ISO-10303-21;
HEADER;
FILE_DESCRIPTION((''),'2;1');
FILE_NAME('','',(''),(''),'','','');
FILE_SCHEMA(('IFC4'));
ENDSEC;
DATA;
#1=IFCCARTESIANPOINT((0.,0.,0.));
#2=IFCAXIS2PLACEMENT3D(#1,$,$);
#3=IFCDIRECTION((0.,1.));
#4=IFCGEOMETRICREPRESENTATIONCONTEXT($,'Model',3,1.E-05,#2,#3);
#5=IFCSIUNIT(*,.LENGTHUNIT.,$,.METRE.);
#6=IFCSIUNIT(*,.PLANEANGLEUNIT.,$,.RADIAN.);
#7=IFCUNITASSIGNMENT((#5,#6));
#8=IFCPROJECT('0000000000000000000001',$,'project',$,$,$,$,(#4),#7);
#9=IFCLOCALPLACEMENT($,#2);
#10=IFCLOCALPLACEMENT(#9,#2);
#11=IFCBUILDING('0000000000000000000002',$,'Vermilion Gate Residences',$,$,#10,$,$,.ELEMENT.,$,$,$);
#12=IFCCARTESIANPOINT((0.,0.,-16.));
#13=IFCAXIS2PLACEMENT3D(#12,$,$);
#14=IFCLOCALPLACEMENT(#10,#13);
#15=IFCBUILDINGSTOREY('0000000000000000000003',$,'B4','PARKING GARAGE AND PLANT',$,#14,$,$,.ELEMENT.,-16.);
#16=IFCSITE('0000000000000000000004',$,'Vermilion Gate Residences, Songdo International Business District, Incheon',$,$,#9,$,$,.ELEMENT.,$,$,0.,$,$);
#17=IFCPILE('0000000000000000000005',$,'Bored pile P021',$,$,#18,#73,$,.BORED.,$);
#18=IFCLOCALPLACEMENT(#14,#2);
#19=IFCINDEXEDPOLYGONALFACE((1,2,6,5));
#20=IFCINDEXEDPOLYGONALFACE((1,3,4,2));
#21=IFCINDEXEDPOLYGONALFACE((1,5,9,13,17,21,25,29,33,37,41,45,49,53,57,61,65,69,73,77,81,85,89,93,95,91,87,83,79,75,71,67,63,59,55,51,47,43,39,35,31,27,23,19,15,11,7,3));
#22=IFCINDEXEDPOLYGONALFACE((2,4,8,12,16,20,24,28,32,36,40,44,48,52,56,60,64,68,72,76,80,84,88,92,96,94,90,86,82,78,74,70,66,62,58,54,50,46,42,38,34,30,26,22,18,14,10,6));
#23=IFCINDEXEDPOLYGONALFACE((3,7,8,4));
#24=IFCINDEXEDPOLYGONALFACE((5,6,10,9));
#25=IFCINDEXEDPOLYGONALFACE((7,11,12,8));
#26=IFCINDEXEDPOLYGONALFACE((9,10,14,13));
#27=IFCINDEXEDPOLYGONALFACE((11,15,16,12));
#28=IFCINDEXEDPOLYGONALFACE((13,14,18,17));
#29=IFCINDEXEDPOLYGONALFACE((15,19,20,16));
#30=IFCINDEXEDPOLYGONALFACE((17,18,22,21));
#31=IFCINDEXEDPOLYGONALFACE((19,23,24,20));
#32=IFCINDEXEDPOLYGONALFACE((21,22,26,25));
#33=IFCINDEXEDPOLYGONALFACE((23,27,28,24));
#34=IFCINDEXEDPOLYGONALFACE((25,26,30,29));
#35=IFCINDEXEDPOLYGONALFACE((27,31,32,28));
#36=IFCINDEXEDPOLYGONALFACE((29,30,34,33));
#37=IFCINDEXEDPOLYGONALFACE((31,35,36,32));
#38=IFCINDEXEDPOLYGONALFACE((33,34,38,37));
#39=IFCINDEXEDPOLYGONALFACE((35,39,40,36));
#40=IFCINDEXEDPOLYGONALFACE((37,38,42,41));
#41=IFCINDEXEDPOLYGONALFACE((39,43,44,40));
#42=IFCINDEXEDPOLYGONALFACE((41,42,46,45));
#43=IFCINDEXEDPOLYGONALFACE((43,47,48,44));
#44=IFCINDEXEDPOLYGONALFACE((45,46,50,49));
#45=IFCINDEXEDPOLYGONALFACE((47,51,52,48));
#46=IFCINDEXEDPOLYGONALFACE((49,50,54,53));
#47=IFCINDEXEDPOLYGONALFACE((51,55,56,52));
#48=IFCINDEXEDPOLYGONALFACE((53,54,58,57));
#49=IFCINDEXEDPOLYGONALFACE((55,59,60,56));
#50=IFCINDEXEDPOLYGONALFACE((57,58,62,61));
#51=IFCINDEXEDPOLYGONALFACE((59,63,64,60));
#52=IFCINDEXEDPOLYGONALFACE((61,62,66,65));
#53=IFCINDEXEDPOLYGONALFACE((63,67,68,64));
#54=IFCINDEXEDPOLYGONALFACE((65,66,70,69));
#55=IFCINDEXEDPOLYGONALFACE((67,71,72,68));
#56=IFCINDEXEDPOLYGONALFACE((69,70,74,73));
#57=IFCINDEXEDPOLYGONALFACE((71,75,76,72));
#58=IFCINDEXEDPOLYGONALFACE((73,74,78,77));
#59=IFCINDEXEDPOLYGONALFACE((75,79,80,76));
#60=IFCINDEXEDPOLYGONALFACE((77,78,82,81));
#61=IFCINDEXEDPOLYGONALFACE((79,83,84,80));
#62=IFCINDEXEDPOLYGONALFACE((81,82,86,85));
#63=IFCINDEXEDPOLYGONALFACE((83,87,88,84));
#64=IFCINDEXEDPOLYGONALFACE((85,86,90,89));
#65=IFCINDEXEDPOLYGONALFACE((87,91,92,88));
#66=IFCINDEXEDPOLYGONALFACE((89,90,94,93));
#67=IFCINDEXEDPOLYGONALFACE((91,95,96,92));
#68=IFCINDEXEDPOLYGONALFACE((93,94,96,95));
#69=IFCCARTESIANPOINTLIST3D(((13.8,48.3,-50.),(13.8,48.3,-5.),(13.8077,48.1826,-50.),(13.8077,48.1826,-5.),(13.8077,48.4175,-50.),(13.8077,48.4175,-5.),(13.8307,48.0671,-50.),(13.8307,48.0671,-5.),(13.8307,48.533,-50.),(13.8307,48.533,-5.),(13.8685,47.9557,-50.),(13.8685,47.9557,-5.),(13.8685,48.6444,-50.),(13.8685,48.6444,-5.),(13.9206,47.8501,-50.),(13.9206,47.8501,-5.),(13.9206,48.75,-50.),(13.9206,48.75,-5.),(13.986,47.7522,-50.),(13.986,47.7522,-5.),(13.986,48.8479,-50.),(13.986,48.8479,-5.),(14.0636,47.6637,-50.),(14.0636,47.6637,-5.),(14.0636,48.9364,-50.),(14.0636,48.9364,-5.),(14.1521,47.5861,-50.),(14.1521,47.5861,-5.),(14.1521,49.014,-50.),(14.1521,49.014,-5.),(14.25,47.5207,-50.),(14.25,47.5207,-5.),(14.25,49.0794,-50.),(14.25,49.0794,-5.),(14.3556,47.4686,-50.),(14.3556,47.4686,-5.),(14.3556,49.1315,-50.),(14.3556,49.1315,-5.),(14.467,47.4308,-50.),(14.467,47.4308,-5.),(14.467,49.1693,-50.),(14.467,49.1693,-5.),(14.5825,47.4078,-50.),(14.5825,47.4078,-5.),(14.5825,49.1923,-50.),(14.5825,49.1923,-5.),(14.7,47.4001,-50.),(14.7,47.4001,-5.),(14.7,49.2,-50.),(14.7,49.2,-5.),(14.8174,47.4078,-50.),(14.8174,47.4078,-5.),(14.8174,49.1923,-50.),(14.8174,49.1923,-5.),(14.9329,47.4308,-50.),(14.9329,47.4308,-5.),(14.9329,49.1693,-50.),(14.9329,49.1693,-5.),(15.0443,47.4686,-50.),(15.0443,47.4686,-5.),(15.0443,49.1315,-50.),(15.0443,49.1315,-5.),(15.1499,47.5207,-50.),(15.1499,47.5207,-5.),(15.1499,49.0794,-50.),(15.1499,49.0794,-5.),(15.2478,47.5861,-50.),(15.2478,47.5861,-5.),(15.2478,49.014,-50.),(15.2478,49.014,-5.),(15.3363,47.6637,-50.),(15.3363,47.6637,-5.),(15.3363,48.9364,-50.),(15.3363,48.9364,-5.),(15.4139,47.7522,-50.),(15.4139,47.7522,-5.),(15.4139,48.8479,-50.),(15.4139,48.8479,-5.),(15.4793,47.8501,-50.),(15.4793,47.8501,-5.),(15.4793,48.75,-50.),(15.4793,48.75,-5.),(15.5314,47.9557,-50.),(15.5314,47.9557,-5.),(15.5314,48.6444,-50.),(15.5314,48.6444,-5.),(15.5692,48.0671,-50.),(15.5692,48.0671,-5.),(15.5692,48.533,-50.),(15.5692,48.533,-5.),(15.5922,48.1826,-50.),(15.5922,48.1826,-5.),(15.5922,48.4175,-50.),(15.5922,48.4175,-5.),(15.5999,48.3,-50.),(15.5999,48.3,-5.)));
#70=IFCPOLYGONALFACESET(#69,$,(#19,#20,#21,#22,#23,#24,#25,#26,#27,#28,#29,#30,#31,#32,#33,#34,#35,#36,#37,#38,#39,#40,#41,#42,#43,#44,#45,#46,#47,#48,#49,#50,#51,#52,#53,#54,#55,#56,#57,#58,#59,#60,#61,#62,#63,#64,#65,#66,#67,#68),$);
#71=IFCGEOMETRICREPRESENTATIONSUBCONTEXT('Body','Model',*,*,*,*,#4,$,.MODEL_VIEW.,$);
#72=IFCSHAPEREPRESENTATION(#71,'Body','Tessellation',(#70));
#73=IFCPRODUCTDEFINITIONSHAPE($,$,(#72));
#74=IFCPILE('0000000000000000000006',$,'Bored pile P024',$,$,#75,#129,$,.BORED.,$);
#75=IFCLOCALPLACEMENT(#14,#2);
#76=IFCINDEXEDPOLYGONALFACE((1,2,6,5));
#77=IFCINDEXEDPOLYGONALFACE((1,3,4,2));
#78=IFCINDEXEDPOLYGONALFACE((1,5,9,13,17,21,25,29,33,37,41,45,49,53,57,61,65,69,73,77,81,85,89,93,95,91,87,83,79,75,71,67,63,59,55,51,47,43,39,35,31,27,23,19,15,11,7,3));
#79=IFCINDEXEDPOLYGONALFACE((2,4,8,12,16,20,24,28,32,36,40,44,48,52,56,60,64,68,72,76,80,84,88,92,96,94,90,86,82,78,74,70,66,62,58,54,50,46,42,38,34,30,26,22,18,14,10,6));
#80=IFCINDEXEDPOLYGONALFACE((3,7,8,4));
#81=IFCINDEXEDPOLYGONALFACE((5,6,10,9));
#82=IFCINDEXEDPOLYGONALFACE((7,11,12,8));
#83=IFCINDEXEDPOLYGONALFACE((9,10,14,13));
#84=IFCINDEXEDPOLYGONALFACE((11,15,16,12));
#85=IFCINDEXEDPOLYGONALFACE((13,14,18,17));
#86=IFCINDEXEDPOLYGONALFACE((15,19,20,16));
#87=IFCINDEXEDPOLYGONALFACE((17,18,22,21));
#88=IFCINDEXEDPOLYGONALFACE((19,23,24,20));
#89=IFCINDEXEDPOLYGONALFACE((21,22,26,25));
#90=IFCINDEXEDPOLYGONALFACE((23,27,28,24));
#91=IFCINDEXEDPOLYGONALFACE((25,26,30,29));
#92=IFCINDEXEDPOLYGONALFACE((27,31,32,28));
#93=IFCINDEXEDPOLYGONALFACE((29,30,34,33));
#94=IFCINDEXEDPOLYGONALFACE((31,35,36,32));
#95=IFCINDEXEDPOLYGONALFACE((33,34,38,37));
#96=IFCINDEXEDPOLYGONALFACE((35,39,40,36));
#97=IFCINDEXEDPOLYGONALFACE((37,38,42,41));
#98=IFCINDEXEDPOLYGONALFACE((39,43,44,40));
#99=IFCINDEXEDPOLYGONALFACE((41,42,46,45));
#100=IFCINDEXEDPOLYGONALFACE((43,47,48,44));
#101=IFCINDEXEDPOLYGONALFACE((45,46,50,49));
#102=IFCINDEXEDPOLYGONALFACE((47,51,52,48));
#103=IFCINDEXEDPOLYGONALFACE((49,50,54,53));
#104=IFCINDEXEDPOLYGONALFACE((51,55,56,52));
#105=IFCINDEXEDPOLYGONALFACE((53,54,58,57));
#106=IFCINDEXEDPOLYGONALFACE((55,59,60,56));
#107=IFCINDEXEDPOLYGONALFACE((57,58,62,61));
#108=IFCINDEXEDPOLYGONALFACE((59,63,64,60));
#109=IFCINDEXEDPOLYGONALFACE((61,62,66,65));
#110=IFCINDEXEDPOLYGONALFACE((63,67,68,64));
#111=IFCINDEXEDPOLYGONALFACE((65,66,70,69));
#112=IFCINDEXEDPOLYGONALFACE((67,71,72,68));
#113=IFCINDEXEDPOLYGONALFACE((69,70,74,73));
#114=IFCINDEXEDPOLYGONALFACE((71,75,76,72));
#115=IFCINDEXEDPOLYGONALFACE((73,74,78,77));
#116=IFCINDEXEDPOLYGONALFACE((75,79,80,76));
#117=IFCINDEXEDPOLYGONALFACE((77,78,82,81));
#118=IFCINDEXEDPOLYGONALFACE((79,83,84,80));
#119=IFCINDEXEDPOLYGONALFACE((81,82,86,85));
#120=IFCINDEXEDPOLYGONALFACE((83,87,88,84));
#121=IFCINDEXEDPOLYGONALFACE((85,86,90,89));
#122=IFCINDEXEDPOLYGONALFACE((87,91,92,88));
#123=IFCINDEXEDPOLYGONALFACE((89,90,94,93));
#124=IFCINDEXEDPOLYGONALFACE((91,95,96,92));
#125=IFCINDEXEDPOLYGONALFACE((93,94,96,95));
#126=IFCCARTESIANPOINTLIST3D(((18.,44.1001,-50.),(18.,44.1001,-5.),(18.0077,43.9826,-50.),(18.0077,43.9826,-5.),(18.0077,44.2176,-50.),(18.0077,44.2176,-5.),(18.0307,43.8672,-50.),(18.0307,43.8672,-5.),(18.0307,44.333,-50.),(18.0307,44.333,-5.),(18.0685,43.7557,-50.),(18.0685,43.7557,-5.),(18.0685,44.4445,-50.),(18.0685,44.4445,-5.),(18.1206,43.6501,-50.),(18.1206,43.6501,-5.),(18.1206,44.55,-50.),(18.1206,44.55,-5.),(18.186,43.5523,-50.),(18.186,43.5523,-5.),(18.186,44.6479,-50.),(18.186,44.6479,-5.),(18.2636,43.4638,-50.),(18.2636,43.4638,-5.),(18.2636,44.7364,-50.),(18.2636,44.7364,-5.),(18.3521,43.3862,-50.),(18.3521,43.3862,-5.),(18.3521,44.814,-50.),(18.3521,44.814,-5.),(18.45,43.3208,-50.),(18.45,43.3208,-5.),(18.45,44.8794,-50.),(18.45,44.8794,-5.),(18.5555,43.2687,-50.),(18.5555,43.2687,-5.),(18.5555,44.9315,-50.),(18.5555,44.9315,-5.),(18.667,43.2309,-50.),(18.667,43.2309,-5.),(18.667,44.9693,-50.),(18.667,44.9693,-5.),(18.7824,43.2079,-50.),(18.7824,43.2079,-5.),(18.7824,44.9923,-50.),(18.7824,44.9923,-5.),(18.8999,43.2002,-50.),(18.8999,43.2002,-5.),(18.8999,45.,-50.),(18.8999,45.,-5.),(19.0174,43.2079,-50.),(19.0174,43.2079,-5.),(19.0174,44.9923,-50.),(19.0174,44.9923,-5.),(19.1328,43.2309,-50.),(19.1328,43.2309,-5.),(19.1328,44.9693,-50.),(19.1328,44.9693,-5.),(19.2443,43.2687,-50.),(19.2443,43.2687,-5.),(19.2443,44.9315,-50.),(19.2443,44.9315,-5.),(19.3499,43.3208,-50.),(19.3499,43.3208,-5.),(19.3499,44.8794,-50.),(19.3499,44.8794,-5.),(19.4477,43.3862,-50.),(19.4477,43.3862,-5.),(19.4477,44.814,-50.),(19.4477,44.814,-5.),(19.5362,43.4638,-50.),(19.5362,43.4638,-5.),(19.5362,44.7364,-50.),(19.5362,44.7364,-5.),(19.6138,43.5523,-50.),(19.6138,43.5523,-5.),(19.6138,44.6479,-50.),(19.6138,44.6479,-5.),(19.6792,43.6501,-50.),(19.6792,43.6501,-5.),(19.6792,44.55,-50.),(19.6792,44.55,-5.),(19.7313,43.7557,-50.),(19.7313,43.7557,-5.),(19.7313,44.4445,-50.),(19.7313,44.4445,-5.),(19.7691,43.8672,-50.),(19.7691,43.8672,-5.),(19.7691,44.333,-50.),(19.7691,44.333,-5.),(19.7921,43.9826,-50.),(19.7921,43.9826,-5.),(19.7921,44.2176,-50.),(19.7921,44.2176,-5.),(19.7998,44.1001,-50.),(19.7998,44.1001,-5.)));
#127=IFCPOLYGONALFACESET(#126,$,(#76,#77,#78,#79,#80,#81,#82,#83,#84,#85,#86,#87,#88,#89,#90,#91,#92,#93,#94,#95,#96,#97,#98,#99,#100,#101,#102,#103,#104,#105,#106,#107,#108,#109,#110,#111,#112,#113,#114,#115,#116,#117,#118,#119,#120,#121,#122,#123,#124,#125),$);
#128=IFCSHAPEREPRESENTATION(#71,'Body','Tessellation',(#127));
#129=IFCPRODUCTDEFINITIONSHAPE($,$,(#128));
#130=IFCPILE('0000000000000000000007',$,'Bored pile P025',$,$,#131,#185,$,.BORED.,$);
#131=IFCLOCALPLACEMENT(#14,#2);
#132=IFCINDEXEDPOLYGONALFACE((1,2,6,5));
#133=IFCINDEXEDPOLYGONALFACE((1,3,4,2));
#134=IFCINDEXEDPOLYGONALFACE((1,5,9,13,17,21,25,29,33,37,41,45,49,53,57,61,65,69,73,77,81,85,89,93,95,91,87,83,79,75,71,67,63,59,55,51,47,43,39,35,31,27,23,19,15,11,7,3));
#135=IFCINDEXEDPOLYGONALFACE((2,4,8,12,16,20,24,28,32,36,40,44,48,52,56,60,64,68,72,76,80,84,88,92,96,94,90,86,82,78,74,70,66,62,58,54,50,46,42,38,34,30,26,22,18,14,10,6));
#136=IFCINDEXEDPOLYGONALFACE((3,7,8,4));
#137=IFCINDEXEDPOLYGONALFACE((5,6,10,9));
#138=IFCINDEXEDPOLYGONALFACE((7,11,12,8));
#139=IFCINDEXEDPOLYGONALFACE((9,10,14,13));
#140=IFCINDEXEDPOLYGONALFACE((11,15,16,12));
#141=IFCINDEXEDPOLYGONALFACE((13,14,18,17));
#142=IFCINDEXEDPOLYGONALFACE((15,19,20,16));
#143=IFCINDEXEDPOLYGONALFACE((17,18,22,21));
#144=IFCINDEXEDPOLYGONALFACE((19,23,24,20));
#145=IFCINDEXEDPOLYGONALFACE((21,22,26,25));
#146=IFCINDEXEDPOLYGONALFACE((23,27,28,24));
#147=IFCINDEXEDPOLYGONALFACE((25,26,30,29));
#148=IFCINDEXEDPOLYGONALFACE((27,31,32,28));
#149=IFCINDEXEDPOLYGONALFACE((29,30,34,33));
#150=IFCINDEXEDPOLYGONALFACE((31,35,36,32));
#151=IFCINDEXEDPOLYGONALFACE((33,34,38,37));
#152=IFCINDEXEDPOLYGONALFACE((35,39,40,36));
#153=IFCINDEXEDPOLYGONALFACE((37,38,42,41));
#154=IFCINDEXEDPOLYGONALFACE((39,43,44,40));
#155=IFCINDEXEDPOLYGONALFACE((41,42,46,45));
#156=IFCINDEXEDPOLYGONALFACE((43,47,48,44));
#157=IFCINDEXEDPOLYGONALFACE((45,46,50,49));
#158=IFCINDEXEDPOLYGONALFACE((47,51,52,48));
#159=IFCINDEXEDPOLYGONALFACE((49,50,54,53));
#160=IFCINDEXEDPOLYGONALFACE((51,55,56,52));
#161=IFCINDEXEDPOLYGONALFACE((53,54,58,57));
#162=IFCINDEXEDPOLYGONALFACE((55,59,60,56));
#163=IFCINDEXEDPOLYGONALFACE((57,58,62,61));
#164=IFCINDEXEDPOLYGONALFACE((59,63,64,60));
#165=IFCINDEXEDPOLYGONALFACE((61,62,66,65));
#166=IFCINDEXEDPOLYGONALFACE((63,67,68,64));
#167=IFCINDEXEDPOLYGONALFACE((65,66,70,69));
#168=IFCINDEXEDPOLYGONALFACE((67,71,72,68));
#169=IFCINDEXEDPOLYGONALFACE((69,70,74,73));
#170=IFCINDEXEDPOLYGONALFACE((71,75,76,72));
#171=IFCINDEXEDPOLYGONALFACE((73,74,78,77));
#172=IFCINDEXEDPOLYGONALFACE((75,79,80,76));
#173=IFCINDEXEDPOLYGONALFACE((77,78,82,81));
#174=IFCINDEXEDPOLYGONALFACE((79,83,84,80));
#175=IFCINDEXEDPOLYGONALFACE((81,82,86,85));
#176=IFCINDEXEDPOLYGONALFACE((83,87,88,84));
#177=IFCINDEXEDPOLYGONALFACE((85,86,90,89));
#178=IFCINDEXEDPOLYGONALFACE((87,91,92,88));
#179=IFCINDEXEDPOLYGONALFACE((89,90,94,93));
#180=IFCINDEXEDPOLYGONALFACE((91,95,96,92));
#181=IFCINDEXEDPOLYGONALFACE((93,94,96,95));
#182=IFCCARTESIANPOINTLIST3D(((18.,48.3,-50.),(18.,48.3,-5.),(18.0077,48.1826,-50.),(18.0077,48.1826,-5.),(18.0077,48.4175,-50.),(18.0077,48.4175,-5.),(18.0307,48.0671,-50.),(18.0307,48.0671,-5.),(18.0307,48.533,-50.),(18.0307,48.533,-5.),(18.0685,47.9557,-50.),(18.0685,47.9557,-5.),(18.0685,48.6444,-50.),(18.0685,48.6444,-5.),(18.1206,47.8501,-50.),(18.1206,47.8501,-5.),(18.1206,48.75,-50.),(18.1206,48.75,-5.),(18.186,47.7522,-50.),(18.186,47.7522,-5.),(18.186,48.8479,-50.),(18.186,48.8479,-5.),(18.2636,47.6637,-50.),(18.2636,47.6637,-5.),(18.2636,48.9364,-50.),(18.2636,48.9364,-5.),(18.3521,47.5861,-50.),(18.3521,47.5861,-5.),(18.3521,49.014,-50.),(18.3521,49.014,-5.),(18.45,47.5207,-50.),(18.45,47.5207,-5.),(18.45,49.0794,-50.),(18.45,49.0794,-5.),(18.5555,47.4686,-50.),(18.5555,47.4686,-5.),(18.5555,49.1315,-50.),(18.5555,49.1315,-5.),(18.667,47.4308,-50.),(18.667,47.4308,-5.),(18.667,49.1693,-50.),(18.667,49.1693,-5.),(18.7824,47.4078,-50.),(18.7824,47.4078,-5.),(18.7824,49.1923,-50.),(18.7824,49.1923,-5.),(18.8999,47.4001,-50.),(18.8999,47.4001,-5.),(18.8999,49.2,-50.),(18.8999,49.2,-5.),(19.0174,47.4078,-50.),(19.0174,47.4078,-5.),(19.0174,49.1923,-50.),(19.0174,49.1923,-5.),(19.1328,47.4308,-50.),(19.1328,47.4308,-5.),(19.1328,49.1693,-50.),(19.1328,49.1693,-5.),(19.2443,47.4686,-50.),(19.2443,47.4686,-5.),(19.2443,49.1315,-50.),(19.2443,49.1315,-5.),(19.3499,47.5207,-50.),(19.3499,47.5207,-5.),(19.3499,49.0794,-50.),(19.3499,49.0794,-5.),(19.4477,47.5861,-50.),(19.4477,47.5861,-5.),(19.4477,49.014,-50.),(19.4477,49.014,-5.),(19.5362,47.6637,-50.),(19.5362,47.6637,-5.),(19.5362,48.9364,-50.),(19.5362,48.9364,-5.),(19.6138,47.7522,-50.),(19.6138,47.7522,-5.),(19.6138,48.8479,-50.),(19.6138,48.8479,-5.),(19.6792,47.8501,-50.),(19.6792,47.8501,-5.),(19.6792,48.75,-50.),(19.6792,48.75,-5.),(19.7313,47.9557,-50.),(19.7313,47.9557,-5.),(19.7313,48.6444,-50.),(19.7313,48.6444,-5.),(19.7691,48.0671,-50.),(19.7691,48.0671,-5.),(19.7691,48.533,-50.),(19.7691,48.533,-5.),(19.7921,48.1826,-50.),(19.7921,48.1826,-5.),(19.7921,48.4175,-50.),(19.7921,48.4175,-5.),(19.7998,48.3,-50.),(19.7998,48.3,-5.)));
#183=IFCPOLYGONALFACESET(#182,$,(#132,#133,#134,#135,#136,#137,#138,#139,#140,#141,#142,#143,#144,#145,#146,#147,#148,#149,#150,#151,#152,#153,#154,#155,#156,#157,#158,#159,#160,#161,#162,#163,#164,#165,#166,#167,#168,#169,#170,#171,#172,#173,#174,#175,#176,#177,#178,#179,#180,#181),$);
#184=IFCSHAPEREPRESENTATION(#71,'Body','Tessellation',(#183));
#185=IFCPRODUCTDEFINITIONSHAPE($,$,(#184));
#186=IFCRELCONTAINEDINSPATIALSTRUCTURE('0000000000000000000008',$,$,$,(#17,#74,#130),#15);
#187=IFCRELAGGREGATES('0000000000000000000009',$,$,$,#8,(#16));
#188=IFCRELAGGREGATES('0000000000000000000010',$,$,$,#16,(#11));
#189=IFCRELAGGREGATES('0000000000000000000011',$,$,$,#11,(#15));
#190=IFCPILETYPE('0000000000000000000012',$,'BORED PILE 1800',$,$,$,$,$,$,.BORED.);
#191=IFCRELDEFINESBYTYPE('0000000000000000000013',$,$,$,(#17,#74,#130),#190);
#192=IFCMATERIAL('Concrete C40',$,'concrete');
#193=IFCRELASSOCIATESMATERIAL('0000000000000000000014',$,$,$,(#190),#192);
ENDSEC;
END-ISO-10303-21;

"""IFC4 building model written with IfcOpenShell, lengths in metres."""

from ifc_helpers import new_model, si_unit, direction, frame, origin, origin_2d, place, context, subcontext, project, spatial, circle, extrude, material, material_profile, profile_set, type_object, element, save


model = new_model("IFC4")

# Units and contexts
model_context = context("Model", 3, precision=1e-05, world=origin(), true_north=direction((0.0, 1.0)))
body_context = subcontext(model_context, "Body", "Model", "MODEL_VIEW")
ifc_project = project(units=[si_unit("LENGTHUNIT", "METRE"), si_unit("PLANEANGLEUNIT", "RADIAN")], contexts=[model_context])

# Site, building, storey
site_placement = place(None, origin())
site = spatial("IfcSite", under=ifc_project, at=site_placement, Name="Vermilion Gate Residences, Songdo International Business District, Incheon", CompositionType="ELEMENT", RefElevation=0.0)
building_placement = place(site_placement, origin())
building = spatial("IfcBuilding", under=site, at=building_placement, Name="Vermilion Gate Residences", CompositionType="ELEMENT")
storey_placement = place(building_placement, frame((0.0, 0.0, -16.0)))
storey = spatial("IfcBuildingStorey", under=building, at=storey_placement, Name="B4", Description="PARKING GARAGE AND PLANT", CompositionType="ELEMENT", Elevation=-16.0)

# Piles
ifc_material_1 = material(Name="Concrete C40", Category="concrete")
ifc_material_profile = material_profile(ifc_material_1, circle(Radius=0.8999, at=origin_2d()), Name="BORED PILE 1800")
ifc_profile_set = profile_set([ifc_material_profile], Name="Concrete C40")
pile_type = type_object("IfcPileType", Name="BORED PILE 1800", PredefinedType="BORED", material=ifc_profile_set)
for number, where, z_axis, x_axis, name in (
    (1, (14.7, 48.3, -5.0), (0.0, 0.0, -1.0), (1.0, 0.0, 0.0), "Bored pile P021"),
    (2, (18.8999, 44.1001, -5.0), (0.0, 0.0, -1.0), (1.0, 0.0, 0.0), "Bored pile P024"),
    (3, (18.8999, 48.3, -5.0), (0.0, 0.0, -1.0), (1.0, 0.0, 0.0), "Bored pile P025"),
):
    element("IfcPile", number, at=place(storey_placement, frame(where, z_axis=z_axis, x_axis=x_axis)), inside=storey, type_object=pile_type, Name=name, PredefinedType="BORED", context=body_context, shape_type="SweptSolid", body=[
        extrude(circle(Radius=0.8999, at=origin_2d()), origin(), (0.0, 0.0, 1.0), 45.0),
    ])

save(model, "model.ifc")
